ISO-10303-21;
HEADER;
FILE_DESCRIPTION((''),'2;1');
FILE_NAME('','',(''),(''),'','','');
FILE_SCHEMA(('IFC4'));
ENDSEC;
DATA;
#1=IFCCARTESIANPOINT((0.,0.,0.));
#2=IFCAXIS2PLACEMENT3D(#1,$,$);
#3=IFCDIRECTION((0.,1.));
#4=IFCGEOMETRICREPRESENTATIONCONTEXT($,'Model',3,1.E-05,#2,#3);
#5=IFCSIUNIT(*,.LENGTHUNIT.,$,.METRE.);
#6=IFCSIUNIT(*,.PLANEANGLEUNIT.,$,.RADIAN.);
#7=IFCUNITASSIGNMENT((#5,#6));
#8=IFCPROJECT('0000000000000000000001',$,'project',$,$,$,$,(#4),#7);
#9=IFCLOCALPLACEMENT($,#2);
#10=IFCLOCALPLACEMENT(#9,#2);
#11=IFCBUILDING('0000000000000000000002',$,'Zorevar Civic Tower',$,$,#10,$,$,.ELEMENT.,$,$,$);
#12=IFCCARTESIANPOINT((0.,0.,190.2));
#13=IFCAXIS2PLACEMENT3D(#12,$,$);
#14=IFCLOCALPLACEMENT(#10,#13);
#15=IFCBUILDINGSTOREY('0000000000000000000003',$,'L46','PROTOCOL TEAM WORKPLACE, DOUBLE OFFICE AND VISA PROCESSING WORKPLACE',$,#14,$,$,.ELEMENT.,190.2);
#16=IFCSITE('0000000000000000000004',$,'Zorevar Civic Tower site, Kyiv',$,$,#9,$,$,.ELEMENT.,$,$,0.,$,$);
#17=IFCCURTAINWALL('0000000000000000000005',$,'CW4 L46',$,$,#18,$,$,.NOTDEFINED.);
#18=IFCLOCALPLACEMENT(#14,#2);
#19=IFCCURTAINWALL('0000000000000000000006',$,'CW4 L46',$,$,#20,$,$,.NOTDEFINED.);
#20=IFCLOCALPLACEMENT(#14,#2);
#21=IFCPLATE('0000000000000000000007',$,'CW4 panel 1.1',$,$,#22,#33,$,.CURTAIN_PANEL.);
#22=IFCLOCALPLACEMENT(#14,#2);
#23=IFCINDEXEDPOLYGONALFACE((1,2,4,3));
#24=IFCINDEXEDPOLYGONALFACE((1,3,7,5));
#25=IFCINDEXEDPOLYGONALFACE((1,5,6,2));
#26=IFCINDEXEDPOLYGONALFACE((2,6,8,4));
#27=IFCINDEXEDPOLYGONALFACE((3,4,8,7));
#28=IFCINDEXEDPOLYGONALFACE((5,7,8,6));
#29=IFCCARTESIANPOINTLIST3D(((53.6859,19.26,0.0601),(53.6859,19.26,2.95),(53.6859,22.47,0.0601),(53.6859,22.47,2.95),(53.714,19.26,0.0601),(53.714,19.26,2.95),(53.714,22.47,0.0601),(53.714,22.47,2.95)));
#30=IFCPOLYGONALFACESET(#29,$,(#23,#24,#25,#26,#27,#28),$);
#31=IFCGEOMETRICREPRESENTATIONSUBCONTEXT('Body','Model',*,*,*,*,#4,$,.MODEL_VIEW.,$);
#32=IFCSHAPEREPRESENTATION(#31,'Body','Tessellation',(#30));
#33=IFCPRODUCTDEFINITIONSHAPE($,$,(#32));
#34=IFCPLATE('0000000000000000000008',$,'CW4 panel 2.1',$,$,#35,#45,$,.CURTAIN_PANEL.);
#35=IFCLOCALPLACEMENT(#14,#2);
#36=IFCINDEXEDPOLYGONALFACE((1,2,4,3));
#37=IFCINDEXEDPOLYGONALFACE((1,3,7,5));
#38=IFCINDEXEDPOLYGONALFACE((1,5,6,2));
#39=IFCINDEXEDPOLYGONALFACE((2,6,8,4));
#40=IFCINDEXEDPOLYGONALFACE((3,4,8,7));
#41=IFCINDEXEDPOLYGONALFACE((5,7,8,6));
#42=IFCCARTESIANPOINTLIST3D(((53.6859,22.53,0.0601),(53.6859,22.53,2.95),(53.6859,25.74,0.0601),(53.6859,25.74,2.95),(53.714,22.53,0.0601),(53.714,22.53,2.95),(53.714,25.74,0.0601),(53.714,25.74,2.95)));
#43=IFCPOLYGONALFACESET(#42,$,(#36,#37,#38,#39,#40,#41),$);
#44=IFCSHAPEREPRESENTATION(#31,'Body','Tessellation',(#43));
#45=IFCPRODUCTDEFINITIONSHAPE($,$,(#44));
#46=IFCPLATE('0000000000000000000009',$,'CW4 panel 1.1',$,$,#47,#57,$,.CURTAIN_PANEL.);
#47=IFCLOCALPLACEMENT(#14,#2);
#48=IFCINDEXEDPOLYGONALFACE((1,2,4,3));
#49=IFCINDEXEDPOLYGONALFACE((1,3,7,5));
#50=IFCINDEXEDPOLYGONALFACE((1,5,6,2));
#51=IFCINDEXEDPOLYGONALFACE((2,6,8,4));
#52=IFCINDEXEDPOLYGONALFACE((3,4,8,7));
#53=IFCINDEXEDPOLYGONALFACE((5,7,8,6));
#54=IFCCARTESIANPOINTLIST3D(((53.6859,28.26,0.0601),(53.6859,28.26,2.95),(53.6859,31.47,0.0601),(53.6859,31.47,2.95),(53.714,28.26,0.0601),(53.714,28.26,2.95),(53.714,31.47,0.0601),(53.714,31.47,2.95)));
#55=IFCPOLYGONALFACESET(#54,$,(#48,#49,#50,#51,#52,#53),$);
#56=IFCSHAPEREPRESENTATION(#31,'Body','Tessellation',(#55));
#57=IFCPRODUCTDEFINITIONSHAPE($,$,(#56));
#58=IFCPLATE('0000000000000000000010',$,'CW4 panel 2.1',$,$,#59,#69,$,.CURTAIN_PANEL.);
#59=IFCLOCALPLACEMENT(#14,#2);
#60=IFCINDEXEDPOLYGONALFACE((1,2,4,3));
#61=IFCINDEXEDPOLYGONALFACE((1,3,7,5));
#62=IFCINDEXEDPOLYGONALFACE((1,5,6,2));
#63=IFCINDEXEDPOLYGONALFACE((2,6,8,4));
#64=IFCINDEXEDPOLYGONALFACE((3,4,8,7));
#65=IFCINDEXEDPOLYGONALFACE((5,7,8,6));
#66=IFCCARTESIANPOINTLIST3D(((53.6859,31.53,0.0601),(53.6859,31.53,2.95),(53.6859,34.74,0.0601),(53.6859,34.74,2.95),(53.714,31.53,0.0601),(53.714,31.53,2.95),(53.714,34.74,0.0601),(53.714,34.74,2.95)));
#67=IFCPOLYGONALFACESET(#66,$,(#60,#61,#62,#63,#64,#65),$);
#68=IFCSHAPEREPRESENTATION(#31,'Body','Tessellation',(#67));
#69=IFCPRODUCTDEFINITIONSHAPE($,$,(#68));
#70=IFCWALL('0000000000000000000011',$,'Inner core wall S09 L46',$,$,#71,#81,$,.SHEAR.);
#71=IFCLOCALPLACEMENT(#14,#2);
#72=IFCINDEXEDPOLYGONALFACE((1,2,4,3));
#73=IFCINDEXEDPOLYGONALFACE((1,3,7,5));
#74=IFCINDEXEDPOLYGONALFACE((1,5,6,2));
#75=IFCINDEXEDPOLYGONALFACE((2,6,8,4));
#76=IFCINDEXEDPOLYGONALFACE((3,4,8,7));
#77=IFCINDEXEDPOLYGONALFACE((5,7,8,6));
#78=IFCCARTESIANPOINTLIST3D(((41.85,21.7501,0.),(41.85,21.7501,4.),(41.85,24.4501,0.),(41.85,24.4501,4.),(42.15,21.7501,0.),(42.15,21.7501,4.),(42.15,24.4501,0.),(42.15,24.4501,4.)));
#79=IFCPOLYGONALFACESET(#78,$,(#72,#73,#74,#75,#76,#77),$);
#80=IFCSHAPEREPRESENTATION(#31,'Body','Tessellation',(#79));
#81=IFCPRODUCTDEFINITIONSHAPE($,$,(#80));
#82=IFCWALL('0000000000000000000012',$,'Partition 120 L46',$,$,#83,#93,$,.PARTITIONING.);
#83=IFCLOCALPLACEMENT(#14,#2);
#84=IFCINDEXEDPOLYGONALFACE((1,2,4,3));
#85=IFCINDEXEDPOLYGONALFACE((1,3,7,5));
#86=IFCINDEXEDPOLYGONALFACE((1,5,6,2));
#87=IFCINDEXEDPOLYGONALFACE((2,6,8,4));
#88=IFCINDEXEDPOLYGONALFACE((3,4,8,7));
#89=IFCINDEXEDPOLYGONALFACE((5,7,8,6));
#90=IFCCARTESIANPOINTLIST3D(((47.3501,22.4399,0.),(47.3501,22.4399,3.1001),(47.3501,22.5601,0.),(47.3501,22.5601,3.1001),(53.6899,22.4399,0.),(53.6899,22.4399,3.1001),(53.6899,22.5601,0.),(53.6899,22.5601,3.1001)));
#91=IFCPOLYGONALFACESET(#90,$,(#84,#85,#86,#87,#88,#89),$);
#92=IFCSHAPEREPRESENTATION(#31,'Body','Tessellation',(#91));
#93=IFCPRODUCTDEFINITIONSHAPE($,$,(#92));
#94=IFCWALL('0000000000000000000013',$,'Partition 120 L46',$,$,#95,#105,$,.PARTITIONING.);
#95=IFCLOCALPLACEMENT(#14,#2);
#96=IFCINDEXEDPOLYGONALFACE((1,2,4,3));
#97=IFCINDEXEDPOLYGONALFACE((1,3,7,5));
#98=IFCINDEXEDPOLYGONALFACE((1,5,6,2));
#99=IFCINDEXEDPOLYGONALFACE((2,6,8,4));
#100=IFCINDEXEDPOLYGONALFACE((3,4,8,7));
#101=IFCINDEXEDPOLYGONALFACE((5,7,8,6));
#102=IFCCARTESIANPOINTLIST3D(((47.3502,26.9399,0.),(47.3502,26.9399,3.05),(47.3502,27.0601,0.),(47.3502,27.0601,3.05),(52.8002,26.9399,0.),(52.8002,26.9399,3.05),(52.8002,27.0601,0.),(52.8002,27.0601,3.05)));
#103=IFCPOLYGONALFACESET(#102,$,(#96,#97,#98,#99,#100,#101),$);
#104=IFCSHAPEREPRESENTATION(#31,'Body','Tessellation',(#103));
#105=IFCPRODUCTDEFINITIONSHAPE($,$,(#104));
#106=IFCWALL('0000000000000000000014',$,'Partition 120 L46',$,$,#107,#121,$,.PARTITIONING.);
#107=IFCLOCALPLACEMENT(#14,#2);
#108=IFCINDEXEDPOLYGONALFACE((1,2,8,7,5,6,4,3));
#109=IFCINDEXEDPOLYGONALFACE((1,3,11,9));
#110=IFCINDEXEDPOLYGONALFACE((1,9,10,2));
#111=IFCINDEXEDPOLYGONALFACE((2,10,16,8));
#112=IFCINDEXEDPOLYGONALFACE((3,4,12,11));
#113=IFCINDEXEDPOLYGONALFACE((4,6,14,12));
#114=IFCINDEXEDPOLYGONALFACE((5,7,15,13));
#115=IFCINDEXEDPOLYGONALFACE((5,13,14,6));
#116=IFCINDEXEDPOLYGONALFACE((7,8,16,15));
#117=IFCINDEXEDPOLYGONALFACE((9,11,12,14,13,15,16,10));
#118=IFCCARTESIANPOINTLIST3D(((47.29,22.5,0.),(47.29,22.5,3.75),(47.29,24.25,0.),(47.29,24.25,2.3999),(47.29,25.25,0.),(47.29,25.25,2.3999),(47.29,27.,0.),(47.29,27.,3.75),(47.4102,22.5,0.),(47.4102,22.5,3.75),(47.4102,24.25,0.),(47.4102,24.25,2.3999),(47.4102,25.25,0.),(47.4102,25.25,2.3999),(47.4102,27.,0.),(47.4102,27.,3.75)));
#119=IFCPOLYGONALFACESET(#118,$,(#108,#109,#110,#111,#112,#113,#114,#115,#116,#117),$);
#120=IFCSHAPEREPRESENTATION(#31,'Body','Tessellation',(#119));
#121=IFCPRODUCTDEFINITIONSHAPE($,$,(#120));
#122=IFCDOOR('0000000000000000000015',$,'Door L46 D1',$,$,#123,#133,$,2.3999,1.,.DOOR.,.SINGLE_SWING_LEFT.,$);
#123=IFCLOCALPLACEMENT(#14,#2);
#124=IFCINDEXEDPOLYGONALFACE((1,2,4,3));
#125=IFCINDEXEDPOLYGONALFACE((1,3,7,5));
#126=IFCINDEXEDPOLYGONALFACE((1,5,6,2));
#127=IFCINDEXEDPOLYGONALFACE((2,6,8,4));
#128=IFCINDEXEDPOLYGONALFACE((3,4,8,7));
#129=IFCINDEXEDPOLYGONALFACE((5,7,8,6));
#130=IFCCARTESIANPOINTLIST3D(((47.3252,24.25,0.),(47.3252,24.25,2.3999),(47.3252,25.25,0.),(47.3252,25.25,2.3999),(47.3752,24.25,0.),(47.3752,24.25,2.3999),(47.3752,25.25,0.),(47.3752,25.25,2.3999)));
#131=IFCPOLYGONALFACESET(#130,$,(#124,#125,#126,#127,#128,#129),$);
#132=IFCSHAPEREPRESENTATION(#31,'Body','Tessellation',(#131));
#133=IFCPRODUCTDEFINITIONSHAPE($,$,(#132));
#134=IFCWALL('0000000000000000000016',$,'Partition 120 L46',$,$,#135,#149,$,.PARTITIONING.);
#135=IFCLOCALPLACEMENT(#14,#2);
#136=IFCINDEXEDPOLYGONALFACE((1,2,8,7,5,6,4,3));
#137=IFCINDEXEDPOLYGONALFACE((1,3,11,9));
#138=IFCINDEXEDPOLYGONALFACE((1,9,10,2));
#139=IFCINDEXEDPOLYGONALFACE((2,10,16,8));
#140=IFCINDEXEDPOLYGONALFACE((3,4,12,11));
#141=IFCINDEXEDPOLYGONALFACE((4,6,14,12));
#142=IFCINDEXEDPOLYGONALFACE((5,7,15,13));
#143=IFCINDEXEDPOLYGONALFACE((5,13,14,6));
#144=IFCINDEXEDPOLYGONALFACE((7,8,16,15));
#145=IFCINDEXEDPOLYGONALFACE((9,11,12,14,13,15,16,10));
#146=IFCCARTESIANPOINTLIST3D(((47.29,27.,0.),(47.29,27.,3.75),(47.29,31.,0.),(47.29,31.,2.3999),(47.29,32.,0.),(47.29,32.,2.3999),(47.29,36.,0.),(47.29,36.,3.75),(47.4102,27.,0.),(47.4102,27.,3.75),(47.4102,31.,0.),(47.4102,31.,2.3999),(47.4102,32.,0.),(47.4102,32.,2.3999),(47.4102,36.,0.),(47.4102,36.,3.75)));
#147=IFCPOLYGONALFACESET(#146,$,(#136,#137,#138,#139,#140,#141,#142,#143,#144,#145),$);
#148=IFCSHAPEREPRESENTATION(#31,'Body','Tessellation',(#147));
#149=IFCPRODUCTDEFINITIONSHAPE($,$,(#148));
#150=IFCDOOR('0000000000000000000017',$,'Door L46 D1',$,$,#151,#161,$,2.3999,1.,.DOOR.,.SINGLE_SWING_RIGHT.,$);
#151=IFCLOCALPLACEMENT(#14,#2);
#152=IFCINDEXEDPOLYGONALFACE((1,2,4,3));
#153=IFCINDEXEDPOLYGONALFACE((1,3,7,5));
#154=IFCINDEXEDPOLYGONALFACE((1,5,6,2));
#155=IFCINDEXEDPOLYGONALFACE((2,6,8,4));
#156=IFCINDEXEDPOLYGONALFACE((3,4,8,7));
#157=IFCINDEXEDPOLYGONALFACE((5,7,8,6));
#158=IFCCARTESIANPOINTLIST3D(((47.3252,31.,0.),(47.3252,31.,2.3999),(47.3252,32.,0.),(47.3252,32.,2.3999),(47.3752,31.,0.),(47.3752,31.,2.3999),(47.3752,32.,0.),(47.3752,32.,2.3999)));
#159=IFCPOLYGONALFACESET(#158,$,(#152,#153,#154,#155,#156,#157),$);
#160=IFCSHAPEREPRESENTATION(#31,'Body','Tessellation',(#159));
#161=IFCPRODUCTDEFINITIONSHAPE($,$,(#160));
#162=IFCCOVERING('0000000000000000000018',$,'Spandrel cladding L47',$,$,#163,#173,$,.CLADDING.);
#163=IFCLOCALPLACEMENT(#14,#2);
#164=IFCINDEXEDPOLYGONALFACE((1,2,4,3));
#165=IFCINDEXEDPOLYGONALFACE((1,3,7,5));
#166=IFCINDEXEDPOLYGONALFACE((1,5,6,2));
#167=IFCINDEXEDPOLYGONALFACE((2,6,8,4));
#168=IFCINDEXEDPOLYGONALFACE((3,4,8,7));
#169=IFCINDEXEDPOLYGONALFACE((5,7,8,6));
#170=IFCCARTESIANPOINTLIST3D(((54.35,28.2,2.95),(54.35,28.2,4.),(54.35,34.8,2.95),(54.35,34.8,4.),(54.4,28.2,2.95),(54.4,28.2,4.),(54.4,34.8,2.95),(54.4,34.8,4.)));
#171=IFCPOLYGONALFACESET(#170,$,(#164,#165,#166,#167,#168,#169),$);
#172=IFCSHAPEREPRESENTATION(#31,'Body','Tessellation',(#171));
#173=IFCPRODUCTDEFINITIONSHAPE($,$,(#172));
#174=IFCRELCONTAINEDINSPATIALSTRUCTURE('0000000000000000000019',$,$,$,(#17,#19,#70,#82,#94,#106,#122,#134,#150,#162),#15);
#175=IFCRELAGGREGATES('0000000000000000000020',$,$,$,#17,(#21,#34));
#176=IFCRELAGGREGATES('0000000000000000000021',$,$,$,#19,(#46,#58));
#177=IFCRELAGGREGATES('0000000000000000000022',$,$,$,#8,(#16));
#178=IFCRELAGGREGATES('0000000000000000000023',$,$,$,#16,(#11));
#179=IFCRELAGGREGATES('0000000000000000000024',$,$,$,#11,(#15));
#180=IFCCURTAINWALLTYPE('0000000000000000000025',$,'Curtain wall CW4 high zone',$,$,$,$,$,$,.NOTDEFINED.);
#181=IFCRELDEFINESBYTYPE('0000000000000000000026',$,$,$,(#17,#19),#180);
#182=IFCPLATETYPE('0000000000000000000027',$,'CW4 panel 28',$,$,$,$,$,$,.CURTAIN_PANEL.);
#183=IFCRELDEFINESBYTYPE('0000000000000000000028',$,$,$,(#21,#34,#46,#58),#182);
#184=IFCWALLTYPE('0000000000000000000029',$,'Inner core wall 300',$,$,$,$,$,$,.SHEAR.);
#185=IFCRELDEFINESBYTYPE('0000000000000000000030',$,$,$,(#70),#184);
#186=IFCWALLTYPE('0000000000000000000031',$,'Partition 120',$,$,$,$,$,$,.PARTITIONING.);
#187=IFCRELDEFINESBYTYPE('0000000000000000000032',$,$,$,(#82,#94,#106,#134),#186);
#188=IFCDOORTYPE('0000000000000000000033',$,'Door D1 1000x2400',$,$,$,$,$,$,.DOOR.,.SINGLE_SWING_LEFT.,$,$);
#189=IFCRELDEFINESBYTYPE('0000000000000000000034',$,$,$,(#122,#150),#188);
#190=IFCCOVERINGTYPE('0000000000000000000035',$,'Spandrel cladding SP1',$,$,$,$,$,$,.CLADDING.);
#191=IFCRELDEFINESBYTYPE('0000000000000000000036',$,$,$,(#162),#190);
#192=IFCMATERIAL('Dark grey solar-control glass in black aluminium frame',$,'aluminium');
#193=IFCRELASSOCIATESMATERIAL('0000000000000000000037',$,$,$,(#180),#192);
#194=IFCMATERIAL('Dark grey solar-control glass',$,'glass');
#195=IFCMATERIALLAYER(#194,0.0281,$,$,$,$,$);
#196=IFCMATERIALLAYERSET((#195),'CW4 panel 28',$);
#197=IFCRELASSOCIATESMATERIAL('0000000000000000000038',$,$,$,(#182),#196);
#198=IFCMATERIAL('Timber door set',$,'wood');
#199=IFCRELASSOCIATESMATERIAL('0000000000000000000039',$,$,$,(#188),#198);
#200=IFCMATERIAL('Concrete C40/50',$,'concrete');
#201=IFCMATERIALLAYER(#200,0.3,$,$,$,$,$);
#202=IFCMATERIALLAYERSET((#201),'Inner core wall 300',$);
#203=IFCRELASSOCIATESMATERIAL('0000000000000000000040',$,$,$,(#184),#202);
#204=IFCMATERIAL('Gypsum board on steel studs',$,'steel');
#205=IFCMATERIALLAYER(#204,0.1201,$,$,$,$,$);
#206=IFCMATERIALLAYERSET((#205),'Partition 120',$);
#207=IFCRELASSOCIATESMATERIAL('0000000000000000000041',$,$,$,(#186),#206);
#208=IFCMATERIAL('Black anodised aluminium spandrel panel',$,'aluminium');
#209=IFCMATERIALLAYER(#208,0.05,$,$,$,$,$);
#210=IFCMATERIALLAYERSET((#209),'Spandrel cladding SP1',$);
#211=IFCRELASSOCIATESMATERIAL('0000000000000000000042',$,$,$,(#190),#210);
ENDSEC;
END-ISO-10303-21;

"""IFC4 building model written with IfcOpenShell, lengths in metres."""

from ifc_helpers import new_model, si_unit, direction, frame, frame_2d, origin, origin_2d, place, context, subcontext, project, spatial, rectangle, extrude, material, layer, layer_set, type_object, element, fill, aggregate, save


model = new_model("IFC4")

# Units and contexts
model_context = context("Model", 3, precision=1e-05, world=origin(), true_north=direction((0.0, 1.0)))
body_context = subcontext(model_context, "Body", "Model", "MODEL_VIEW")
ifc_project = project(units=[si_unit("LENGTHUNIT", "METRE"), si_unit("PLANEANGLEUNIT", "RADIAN")], contexts=[model_context])

# Site, building, storey
site_placement = place(None, origin())
site = spatial("IfcSite", under=ifc_project, at=site_placement, Name="Zorevar Civic Tower site, Kyiv", CompositionType="ELEMENT", RefElevation=0.0)
building_placement = place(site_placement, origin())
building = spatial("IfcBuilding", under=site, at=building_placement, Name="Zorevar Civic Tower", CompositionType="ELEMENT")
storey_placement = place(building_placement, frame((0.0, 0.0, 190.2)))
storey = spatial("IfcBuildingStorey", under=building, at=storey_placement, Name="L46", Description="PROTOCOL TEAM WORKPLACE, DOUBLE OFFICE AND VISA PROCESSING WORKPLACE", CompositionType="ELEMENT", Elevation=190.2)

# Curtain walls
ifc_material_1 = material(Name="Dark grey solar-control glass in black aluminium frame", Category="aluminium")
curtain_wall_type = type_object("IfcCurtainWallType", Name="Curtain wall CW4 high zone", PredefinedType="NOTDEFINED", material=ifc_material_1)
curtain_wall_1_placement = place(storey_placement, origin())
curtain_wall_1 = element("IfcCurtainWall", 1, at=curtain_wall_1_placement, inside=storey, type_object=curtain_wall_type, Name="CW4 L46", PredefinedType="NOTDEFINED")
curtain_wall_2_placement = place(storey_placement, origin())
curtain_wall_2 = element("IfcCurtainWall", 2, at=curtain_wall_2_placement, inside=storey, type_object=curtain_wall_type, Name="CW4 L46", PredefinedType="NOTDEFINED")

# Plates
ifc_material_2 = material(Name="Dark grey solar-control glass", Category="glass")
ifc_layer_1 = layer(ifc_material_2, 0.0281)
ifc_layer_set_1 = layer_set([ifc_layer_1], Name="CW4 panel 28")
plate_type = type_object("IfcPlateType", Name="CW4 panel 28", PredefinedType="CURTAIN_PANEL", material=ifc_layer_set_1)
plate_1_placement = place(storey_placement, frame((53.7, 20.865, 0.0601), z_axis=(0.0, 0.0, 1.0), x_axis=(0.0, 1.0, 0.0)))
plate_1 = element("IfcPlate", 3, at=plate_1_placement, type_object=plate_type, Name="CW4 panel 1.1", PredefinedType="CURTAIN_PANEL", context=body_context, shape_type="SweptSolid", body=[
    extrude(rectangle(XDim=3.21, YDim=0.0281, at=origin_2d()), origin(), (0.0, 0.0, 1.0), 2.8899),
])
plate_2_placement = place(storey_placement, frame((53.7, 24.135, 0.0601), z_axis=(0.0, 0.0, 1.0), x_axis=(0.0, 1.0, 0.0)))
plate_2 = element("IfcPlate", 4, at=plate_2_placement, type_object=plate_type, Name="CW4 panel 2.1", PredefinedType="CURTAIN_PANEL", context=body_context, shape_type="SweptSolid", body=[
    extrude(rectangle(XDim=3.21, YDim=0.0281, at=origin_2d()), origin(), (0.0, 0.0, 1.0), 2.8899),
])
aggregate(curtain_wall_1, [plate_1, plate_2])
plate_3_placement = place(storey_placement, frame((53.7, 29.865, 0.0601), z_axis=(0.0, 0.0, 1.0), x_axis=(0.0, 1.0, 0.0)))
plate_3 = element("IfcPlate", 5, at=plate_3_placement, type_object=plate_type, Name="CW4 panel 1.1", PredefinedType="CURTAIN_PANEL", context=body_context, shape_type="SweptSolid", body=[
    extrude(rectangle(XDim=3.21, YDim=0.0281, at=origin_2d()), origin(), (0.0, 0.0, 1.0), 2.8899),
])
plate_4_placement = place(storey_placement, frame((53.7, 33.135, 0.0601), z_axis=(0.0, 0.0, 1.0), x_axis=(0.0, 1.0, 0.0)))
plate_4 = element("IfcPlate", 6, at=plate_4_placement, type_object=plate_type, Name="CW4 panel 2.1", PredefinedType="CURTAIN_PANEL", context=body_context, shape_type="SweptSolid", body=[
    extrude(rectangle(XDim=3.21, YDim=0.0281, at=origin_2d()), origin(), (0.0, 0.0, 1.0), 2.8899),
])
aggregate(curtain_wall_2, [plate_3, plate_4])

# Shared definitions
ifc_material_3 = material(Name="Timber door set", Category="wood")
door_type_1 = type_object("IfcDoorType", Name="Door D1 1000x2400", OperationType="SINGLE_SWING_LEFT", PredefinedType="DOOR", material=ifc_material_3)

# Shared definitions
ifc_material_4 = material(Name="Concrete C40/50", Category="concrete")
ifc_layer_2 = layer(ifc_material_4, 0.3)
ifc_layer_set_2 = layer_set([ifc_layer_2], Name="Inner core wall 300")
wall_type_1 = type_object("IfcWallType", Name="Inner core wall 300", PredefinedType="SHEAR", material=ifc_layer_set_2)

# Walls
wall_1_placement = place(storey_placement, frame((42.0, 21.75, 0.0), z_axis=(0.0, 0.0, 1.0), x_axis=(0.0, 1.0, 0.0)))
element("IfcWall", 7, at=wall_1_placement, inside=storey, type_object=wall_type_1, Name="Inner core wall S09 L46", PredefinedType="SHEAR", context=body_context, shape_type="SweptSolid", body=[
    extrude(rectangle(XDim=2.7, YDim=0.3, at=frame_2d((1.3501, 0.0))), origin(), (0.0, 0.0, 1.0), 4.0),
])
ifc_material_5 = material(Name="Gypsum board on steel studs", Category="steel")
ifc_layer_3 = layer(ifc_material_5, 0.1201)
ifc_layer_set_3 = layer_set([ifc_layer_3], Name="Partition 120")
wall_type_2 = type_object("IfcWallType", Name="Partition 120", PredefinedType="PARTITIONING", material=ifc_layer_set_3)
wall_2_placement = place(storey_placement, frame((47.3501, 22.5, 0.0), z_axis=(0.0, 0.0, 1.0), x_axis=(1.0, 0.0, 0.0)))
element("IfcWall", 8, at=wall_2_placement, inside=storey, type_object=wall_type_2, Name="Partition 120 L46", PredefinedType="PARTITIONING", context=body_context, shape_type="SweptSolid", body=[
    extrude(rectangle(XDim=6.3398, YDim=0.1201, at=frame_2d((3.1699, 0.0))), origin(), (0.0, 0.0, 1.0), 3.1001),
])
wall_3_placement = place(storey_placement, frame((47.3501, 27.0, 0.0), z_axis=(0.0, 0.0, 1.0), x_axis=(1.0, 0.0, 0.0)))
element("IfcWall", 9, at=wall_3_placement, inside=storey, type_object=wall_type_2, Name="Partition 120 L46", PredefinedType="PARTITIONING", context=body_context, shape_type="SweptSolid", body=[
    extrude(rectangle(XDim=5.45, YDim=0.1201, at=frame_2d((2.7251, 0.0))), origin(), (0.0, 0.0, 1.0), 3.05),
])

# Walls, openings, doors
wall_4_placement = place(storey_placement, frame((47.3501, 22.5, 0.0), z_axis=(0.0, 0.0, 1.0), x_axis=(0.0, 1.0, 0.0)))
wall_4 = element("IfcWall", 10, at=wall_4_placement, inside=storey, type_object=wall_type_2, Name="Partition 120 L46", PredefinedType="PARTITIONING", context=body_context, shape_type="SweptSolid", body=[
    extrude(rectangle(XDim=4.5, YDim=0.1201, at=frame_2d((2.25, 0.0))), origin(), (0.0, 0.0, 1.0), 3.75),
])
opening_1_placement = place(wall_4_placement, frame((1.75, 0.0, 0.0)))
opening_1 = element("IfcOpeningElement", 11, at=opening_1_placement, cuts=wall_4, PredefinedType="OPENING", context=body_context, shape_type="SweptSolid", body=[
    extrude(rectangle(XDim=1.0, YDim=2.3999, at=frame_2d((0.5, 1.2))), frame((0.0, 0.0701, 0.0), z_axis=(0.0, -1.0, 0.0), x_axis=(1.0, 0.0, 0.0)), (0.0, 0.0, 1.0), 0.1401),
])
door_1_placement = place(opening_1_placement, origin())
door_1 = element("IfcDoor", 12, at=door_1_placement, inside=storey, type_object=door_type_1, Name="Door L46 D1", OperationType="SINGLE_SWING_LEFT", OverallHeight=2.3999, OverallWidth=1.0, PredefinedType="DOOR", context=body_context, shape_type="SweptSolid", body=[
    extrude(rectangle(XDim=1.0, YDim=2.3999, at=frame_2d((0.5, 1.2))), frame((0.0, 0.0249, 0.0), z_axis=(0.0, -1.0, 0.0), x_axis=(1.0, 0.0, 0.0)), (0.0, 0.0, 1.0), 0.05),
])
fill(opening_1, door_1)
wall_5_placement = place(storey_placement, frame((47.3501, 27.0, 0.0), z_axis=(0.0, 0.0, 1.0), x_axis=(0.0, 1.0, 0.0)))
wall_5 = element("IfcWall", 13, at=wall_5_placement, inside=storey, type_object=wall_type_2, Name="Partition 120 L46", PredefinedType="PARTITIONING", context=body_context, shape_type="SweptSolid", body=[
    extrude(rectangle(XDim=9.0, YDim=0.1201, at=frame_2d((4.5, 0.0))), origin(), (0.0, 0.0, 1.0), 3.75),
])
opening_2_placement = place(wall_5_placement, frame((4.0, 0.0, 0.0)))
opening_2 = element("IfcOpeningElement", 14, at=opening_2_placement, cuts=wall_5, PredefinedType="OPENING", context=body_context, shape_type="SweptSolid", body=[
    extrude(rectangle(XDim=1.0, YDim=2.3999, at=frame_2d((0.5, 1.2))), frame((0.0, 0.0701, 0.0), z_axis=(0.0, -1.0, 0.0), x_axis=(1.0, 0.0, 0.0)), (0.0, 0.0, 1.0), 0.1401),
])
door_2_placement = place(opening_2_placement, origin())
door_2 = element("IfcDoor", 15, at=door_2_placement, inside=storey, type_object=door_type_1, Name="Door L46 D1", OperationType="SINGLE_SWING_RIGHT", OverallHeight=2.3999, OverallWidth=1.0, PredefinedType="DOOR", context=body_context, shape_type="SweptSolid", body=[
    extrude(rectangle(XDim=1.0, YDim=2.3999, at=frame_2d((0.5, 1.2))), frame((0.0, 0.0249, 0.0), z_axis=(0.0, -1.0, 0.0), x_axis=(1.0, 0.0, 0.0)), (0.0, 0.0, 1.0), 0.05),
])
fill(opening_2, door_2)

# Covering
ifc_material_6 = material(Name="Black anodised aluminium spandrel panel", Category="aluminium")
ifc_layer_4 = layer(ifc_material_6, 0.05)
ifc_layer_set_4 = layer_set([ifc_layer_4], Name="Spandrel cladding SP1")
covering_type = type_object("IfcCoveringType", Name="Spandrel cladding SP1", PredefinedType="CLADDING", material=ifc_layer_set_4)
covering_placement = place(storey_placement, frame((54.375, 28.2, 2.95), z_axis=(0.0, 0.0, 1.0), x_axis=(0.0, 1.0, 0.0)))
element("IfcCovering", 16, at=covering_placement, inside=storey, type_object=covering_type, Name="Spandrel cladding L47", PredefinedType="CLADDING", context=body_context, shape_type="SweptSolid", body=[
    extrude(rectangle(XDim=6.6001, YDim=0.05, at=frame_2d((3.3, 0.0))), origin(), (0.0, 0.0, 1.0), 1.05),
])

save(model, "model.ifc")
